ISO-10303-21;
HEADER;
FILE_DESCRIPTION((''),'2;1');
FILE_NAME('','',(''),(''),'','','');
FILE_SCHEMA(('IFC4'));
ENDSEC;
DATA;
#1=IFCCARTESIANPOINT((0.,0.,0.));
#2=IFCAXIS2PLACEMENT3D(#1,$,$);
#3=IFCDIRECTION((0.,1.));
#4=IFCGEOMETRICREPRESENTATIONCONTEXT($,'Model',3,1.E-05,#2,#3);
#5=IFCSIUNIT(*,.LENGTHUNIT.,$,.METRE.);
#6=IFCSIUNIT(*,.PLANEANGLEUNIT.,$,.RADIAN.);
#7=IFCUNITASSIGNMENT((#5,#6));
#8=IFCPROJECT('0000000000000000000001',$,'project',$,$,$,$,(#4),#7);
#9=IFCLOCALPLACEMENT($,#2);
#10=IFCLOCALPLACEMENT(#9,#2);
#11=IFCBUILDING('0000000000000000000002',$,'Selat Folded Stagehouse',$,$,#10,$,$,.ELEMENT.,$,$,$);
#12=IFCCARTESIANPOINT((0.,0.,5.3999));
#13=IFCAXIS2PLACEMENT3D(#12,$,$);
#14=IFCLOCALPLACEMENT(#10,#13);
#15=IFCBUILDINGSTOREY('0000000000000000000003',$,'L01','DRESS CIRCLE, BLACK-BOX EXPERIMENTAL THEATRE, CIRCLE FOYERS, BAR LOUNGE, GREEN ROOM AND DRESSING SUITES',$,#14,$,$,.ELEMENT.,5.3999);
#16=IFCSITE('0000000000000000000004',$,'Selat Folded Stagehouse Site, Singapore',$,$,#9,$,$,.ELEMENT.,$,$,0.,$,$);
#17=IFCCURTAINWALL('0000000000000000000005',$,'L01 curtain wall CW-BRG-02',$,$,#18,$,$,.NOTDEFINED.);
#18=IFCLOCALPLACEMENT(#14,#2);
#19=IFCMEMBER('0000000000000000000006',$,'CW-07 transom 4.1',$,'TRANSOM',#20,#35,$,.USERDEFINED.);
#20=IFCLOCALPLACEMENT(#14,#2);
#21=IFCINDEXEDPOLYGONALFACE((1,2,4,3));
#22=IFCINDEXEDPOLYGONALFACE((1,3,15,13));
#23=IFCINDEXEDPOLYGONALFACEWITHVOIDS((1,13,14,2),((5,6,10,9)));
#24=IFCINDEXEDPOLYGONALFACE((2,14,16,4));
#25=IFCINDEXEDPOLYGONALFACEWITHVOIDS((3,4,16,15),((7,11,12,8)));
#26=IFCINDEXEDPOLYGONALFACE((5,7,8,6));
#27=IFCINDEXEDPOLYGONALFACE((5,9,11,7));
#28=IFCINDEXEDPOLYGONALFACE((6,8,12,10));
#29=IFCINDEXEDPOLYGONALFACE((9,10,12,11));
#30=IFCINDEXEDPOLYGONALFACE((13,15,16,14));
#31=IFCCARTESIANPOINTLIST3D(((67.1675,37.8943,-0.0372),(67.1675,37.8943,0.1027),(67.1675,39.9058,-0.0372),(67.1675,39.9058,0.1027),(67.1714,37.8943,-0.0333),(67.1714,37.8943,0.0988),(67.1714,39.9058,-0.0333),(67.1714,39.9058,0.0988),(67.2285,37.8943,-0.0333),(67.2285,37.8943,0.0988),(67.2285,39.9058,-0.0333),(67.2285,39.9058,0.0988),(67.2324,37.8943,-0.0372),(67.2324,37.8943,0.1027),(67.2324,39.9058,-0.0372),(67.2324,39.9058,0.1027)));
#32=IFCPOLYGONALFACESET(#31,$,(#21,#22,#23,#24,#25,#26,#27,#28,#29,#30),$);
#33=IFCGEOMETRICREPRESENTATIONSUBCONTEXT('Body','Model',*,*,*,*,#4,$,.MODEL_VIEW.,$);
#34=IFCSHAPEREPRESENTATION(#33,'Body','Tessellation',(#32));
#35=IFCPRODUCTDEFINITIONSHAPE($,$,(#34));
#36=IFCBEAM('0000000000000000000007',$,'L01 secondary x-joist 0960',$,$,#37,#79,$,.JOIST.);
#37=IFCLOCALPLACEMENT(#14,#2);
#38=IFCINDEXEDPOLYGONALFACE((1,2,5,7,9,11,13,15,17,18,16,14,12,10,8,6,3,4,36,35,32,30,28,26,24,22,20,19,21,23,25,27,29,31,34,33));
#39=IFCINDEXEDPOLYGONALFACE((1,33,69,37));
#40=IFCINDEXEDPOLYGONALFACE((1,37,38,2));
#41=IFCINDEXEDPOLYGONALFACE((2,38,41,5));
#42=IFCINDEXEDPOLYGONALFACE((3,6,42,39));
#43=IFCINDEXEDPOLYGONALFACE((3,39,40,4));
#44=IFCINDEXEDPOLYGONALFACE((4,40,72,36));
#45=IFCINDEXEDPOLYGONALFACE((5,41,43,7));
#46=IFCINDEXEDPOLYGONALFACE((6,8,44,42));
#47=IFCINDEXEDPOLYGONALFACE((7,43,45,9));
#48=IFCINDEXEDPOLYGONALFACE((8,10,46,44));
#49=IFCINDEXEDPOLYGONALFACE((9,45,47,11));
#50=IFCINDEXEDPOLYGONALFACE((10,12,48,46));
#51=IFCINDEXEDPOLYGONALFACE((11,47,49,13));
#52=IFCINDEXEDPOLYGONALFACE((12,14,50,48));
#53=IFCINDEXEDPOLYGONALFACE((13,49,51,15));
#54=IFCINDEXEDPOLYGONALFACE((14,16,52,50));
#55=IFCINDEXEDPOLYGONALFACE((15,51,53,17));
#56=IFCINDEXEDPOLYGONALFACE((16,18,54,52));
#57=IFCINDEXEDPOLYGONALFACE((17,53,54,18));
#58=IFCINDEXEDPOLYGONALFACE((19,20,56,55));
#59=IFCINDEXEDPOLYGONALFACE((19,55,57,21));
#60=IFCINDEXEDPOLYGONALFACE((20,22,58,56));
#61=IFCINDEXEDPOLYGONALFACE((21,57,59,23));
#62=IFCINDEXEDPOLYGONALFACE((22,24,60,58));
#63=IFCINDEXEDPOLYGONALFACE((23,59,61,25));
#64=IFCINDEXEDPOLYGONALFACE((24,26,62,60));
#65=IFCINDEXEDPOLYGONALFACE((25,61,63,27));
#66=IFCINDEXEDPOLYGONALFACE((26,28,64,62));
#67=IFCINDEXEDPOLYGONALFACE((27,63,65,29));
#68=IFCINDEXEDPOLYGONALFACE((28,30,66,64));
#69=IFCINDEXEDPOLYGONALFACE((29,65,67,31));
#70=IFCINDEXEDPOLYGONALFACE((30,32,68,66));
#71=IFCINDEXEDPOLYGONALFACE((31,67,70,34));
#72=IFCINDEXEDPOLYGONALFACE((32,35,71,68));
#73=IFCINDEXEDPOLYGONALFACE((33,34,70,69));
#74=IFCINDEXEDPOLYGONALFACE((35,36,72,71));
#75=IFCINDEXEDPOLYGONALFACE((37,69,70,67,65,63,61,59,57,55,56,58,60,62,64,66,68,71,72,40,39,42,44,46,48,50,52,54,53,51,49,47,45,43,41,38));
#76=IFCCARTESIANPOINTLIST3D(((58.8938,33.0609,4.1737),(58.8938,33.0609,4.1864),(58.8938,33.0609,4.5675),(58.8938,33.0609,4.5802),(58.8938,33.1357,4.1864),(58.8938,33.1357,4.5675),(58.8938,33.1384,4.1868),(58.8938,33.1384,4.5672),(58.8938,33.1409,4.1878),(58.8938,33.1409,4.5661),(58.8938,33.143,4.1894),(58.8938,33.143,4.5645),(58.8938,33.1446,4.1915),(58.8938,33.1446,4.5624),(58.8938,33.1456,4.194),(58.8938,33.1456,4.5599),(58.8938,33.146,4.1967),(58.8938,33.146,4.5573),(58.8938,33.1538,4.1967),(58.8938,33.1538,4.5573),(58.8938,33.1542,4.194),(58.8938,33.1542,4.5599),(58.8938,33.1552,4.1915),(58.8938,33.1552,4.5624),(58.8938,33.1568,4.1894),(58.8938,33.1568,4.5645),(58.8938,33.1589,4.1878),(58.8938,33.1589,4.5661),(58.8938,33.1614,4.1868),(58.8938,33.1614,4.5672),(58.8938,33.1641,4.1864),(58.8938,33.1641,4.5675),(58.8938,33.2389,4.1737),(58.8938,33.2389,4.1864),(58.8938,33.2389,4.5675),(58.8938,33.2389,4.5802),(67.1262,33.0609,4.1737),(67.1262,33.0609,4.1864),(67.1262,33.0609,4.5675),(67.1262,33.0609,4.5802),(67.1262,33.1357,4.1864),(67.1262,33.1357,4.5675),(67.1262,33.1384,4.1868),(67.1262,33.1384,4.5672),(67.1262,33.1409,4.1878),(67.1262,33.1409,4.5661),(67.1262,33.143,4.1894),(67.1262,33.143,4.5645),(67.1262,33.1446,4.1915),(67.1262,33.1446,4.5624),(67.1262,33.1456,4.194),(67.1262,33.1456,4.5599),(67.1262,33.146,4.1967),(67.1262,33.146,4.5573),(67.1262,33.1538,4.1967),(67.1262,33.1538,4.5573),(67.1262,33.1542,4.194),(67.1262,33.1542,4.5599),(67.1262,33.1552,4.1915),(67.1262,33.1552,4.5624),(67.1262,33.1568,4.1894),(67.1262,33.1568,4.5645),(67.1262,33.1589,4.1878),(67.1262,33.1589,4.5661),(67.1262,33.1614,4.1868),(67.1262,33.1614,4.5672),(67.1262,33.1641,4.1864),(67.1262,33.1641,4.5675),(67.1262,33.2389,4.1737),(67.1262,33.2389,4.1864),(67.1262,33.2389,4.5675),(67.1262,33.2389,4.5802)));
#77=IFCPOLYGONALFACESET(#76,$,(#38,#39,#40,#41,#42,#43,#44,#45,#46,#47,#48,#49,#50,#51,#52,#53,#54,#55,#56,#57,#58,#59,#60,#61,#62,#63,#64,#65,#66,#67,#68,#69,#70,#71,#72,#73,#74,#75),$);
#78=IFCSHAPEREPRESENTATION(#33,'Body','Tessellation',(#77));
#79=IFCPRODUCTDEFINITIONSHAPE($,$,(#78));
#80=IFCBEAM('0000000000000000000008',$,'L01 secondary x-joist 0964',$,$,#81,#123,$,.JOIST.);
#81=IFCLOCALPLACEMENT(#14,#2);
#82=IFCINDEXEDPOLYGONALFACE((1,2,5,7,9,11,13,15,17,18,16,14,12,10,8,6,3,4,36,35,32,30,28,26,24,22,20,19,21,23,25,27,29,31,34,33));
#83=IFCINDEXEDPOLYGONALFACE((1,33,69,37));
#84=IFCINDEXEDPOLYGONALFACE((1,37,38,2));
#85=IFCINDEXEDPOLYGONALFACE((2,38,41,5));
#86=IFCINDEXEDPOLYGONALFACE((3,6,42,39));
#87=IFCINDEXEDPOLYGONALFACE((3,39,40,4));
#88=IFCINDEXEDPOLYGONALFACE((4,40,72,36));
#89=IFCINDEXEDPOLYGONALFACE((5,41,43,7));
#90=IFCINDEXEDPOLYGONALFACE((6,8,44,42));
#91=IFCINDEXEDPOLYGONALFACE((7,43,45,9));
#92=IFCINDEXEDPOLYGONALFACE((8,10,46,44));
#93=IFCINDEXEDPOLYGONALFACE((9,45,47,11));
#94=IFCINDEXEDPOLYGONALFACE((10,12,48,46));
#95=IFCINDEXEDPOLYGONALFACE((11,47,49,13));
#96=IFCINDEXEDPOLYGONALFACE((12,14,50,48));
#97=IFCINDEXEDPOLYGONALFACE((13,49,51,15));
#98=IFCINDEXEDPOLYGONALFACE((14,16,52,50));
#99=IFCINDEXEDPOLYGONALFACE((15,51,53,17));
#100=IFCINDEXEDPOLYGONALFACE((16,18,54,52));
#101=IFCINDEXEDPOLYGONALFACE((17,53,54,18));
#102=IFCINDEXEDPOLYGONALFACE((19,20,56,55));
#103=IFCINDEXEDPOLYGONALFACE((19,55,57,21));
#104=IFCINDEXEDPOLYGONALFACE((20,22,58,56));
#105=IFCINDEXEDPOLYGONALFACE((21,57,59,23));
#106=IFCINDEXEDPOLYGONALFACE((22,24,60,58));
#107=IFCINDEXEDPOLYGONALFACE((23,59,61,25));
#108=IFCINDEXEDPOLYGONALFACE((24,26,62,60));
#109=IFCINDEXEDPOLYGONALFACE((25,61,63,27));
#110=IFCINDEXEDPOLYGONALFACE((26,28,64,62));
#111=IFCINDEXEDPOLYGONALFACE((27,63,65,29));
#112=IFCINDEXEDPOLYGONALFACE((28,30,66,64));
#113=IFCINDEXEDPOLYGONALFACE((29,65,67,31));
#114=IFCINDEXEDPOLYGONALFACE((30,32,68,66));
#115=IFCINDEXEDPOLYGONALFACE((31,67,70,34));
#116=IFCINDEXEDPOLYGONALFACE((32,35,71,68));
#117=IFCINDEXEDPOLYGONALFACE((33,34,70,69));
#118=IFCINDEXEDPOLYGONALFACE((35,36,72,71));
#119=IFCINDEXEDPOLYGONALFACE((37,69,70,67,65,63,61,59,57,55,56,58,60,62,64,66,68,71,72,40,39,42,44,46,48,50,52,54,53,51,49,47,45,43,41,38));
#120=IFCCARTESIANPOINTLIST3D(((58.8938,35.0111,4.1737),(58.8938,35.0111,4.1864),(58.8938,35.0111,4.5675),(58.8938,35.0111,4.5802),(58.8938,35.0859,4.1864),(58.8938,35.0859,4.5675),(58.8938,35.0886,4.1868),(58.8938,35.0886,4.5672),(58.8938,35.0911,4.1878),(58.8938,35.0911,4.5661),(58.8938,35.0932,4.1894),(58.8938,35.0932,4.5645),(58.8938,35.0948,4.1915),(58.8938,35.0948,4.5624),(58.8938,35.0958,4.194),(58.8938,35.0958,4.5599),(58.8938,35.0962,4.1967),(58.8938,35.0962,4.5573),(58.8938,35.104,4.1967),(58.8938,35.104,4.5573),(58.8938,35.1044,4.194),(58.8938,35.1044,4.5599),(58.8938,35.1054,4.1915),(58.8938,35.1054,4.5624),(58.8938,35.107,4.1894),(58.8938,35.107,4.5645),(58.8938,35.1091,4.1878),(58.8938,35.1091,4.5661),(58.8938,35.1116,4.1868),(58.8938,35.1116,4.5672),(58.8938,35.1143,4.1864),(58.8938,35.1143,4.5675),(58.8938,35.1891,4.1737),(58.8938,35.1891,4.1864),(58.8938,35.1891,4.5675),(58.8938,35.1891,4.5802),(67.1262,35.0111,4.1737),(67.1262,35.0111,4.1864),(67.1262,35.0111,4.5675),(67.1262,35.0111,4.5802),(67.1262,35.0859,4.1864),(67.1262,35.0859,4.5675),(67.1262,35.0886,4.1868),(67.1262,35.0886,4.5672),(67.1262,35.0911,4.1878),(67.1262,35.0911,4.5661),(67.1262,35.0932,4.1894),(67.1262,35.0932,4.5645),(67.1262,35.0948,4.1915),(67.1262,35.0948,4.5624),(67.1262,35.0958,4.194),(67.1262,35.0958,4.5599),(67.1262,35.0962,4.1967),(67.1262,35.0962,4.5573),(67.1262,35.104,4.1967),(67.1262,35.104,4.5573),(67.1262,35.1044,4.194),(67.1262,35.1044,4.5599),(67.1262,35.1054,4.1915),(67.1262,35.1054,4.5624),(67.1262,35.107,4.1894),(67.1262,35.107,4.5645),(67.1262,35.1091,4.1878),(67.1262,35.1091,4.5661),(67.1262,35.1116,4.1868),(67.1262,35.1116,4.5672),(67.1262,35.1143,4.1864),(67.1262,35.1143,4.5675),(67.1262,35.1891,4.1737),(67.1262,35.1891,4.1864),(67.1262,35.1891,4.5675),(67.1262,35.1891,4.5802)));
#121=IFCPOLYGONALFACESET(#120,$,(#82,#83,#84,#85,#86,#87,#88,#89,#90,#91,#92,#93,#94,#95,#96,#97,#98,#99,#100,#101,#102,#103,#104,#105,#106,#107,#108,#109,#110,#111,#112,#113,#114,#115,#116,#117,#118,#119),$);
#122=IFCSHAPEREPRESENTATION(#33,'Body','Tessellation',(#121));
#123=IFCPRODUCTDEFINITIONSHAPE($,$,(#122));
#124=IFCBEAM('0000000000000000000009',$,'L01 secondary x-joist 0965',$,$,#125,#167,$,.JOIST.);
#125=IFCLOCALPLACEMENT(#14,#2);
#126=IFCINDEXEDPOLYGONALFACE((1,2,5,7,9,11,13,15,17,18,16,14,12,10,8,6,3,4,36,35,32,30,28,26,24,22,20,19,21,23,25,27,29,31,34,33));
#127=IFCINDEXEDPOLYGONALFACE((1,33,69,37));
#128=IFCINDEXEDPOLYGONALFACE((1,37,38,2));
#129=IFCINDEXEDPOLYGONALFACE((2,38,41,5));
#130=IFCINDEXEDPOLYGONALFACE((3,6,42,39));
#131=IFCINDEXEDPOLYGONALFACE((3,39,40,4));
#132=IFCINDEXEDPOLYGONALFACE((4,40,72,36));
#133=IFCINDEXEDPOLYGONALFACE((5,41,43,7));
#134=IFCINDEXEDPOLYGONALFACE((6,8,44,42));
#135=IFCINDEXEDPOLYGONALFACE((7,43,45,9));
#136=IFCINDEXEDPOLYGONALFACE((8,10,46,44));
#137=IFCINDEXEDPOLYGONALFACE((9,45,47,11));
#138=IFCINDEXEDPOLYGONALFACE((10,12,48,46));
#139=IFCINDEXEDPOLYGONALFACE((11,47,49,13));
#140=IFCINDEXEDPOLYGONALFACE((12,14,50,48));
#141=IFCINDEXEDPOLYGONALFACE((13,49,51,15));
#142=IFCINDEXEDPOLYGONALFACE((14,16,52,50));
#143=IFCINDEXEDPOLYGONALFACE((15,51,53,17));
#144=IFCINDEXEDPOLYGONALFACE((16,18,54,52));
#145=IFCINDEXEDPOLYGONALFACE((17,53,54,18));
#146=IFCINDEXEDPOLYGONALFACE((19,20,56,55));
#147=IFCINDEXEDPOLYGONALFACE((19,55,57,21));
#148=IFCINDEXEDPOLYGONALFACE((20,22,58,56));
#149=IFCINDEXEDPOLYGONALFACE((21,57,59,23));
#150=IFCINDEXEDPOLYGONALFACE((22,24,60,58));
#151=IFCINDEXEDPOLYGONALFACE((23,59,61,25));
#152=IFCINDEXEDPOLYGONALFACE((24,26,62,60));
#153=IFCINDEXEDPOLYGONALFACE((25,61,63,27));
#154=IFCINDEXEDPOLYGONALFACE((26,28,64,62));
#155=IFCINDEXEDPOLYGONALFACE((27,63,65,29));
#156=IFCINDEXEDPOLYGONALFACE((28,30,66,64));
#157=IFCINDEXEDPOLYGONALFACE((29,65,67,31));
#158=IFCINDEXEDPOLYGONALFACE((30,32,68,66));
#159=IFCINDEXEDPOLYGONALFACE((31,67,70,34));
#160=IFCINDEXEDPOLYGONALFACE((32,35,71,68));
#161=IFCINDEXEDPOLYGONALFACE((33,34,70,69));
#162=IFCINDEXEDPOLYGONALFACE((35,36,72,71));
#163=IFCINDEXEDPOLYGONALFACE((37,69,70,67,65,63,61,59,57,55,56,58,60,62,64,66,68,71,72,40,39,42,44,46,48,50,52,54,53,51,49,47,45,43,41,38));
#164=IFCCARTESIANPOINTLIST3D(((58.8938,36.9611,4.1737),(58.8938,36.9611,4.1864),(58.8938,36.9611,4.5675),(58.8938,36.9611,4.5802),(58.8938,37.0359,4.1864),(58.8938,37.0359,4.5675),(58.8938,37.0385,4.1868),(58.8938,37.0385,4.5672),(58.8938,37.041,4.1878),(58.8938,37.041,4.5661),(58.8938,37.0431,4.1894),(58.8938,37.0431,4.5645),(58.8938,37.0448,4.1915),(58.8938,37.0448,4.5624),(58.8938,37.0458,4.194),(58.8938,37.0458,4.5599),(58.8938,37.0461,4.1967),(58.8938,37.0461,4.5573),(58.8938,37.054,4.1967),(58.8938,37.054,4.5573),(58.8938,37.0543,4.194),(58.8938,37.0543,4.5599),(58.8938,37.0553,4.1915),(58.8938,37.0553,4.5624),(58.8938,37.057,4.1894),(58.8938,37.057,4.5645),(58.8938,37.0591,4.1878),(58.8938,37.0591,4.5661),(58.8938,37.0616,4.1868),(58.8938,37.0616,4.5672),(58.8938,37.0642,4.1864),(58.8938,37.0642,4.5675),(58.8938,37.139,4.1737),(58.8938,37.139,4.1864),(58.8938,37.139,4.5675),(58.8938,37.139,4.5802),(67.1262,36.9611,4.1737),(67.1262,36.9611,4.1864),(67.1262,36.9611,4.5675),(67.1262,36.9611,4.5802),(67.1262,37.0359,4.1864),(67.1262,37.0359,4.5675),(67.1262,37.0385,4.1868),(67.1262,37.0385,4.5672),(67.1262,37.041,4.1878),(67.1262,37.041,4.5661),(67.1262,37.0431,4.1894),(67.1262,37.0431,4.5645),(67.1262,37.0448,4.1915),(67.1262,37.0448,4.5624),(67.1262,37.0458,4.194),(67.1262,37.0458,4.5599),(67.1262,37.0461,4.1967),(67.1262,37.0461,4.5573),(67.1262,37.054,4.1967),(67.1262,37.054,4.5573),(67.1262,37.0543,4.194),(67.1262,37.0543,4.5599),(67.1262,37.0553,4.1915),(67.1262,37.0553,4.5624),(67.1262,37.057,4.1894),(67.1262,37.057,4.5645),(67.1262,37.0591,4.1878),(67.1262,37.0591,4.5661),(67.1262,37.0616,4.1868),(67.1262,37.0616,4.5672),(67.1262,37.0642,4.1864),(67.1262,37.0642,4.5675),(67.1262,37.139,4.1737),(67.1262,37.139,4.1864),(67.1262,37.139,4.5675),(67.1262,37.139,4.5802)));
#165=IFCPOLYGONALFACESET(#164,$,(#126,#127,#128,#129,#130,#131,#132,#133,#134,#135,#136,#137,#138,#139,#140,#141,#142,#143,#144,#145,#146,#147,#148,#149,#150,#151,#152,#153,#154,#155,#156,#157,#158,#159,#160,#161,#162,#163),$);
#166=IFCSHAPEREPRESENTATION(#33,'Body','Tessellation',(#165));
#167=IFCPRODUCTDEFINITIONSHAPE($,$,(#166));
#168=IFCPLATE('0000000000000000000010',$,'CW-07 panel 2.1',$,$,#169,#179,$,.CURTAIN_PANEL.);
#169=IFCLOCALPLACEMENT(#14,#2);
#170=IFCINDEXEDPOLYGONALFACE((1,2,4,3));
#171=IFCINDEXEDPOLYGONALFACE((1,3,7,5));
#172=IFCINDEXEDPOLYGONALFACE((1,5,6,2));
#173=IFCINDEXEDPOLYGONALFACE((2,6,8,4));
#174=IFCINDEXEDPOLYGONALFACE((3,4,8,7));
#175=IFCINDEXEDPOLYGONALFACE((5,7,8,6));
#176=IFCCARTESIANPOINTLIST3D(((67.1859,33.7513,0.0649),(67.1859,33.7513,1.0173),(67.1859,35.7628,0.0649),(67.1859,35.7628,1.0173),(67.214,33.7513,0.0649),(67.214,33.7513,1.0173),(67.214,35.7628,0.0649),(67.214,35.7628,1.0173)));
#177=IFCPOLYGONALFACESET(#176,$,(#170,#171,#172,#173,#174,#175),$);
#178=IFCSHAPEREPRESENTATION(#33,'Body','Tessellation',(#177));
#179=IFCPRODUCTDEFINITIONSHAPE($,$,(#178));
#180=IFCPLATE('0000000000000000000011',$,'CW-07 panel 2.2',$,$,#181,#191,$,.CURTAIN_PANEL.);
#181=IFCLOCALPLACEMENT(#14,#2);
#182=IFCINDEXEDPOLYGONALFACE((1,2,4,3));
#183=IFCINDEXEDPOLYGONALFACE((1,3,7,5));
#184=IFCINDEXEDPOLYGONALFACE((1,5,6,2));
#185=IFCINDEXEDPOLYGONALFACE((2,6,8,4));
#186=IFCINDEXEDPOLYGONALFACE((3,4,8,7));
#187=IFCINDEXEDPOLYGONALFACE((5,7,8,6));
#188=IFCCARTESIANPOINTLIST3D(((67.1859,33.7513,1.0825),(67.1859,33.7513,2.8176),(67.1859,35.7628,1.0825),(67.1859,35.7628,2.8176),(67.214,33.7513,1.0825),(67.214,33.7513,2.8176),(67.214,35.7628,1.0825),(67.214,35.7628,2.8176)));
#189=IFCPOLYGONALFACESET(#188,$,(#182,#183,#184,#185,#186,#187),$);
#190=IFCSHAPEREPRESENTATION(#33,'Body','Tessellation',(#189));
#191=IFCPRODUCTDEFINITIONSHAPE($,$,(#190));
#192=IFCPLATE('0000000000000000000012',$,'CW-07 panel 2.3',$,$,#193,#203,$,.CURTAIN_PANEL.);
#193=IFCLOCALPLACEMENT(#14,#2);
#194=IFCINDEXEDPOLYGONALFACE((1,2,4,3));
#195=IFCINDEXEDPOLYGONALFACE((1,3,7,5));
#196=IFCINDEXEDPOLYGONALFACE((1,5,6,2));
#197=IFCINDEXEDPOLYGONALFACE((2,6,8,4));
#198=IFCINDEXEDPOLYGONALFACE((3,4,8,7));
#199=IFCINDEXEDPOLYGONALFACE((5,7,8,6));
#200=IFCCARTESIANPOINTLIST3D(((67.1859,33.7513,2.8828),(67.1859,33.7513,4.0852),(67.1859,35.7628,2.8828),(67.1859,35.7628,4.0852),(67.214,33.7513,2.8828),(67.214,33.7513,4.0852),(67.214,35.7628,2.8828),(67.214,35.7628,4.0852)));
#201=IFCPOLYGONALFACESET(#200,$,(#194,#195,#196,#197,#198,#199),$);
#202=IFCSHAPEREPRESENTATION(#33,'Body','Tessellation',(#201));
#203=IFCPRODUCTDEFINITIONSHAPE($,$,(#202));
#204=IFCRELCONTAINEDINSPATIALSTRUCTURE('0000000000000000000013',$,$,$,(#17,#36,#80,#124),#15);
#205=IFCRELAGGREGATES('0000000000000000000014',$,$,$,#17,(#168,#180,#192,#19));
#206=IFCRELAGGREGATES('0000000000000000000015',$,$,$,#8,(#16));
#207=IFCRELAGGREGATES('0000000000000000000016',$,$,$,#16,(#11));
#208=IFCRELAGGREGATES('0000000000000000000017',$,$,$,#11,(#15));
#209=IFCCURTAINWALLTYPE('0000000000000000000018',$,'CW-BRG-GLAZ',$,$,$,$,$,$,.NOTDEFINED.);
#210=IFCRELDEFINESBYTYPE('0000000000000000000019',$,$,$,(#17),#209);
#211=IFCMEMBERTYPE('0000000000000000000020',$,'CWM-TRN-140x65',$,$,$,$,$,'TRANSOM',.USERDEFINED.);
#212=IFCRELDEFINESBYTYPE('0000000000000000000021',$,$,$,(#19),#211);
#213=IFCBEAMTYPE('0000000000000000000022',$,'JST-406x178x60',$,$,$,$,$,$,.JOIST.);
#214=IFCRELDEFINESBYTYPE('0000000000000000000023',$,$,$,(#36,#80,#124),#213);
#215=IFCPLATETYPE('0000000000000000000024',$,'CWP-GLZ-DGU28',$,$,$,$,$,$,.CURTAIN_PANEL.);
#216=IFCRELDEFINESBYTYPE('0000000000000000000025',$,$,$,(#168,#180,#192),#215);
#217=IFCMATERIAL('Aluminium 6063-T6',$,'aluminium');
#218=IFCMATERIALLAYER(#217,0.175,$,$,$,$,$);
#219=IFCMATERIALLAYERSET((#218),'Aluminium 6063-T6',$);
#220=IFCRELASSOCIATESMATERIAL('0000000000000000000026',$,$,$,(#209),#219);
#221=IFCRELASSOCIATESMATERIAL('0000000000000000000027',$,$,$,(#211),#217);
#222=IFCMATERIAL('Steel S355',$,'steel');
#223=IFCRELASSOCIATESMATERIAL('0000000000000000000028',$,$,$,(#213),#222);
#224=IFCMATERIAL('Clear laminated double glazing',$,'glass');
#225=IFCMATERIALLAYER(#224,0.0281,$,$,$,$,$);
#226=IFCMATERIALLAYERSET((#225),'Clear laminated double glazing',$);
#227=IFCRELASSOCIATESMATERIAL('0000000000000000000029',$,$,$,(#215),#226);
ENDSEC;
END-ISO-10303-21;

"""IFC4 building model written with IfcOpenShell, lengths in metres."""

from ifc_helpers import new_model, si_unit, direction, frame, origin, origin_2d, place, context, subcontext, project, spatial, rectangle, hollow_rectangle, i_section, extrude, material, layer, layer_set, material_profile, profile_set, type_object, element, aggregate, save


model = new_model("IFC4")

# Units and contexts
model_context = context("Model", 3, precision=1e-05, world=origin(), true_north=direction((0.0, 1.0)))
body_context = subcontext(model_context, "Body", "Model", "MODEL_VIEW")
ifc_project = project(units=[si_unit("LENGTHUNIT", "METRE"), si_unit("PLANEANGLEUNIT", "RADIAN")], contexts=[model_context])

# Site, building, storey
site_placement = place(None, origin())
site = spatial("IfcSite", under=ifc_project, at=site_placement, Name="Selat Folded Stagehouse Site, Singapore", CompositionType="ELEMENT", RefElevation=0.0)
building_placement = place(site_placement, origin())
building = spatial("IfcBuilding", under=site, at=building_placement, Name="Selat Folded Stagehouse", CompositionType="ELEMENT")
storey_placement = place(building_placement, frame((0.0, 0.0, 5.3999)))
storey = spatial("IfcBuildingStorey", under=building, at=storey_placement, Name="L01", Description="DRESS CIRCLE, BLACK-BOX EXPERIMENTAL THEATRE, CIRCLE FOYERS, BAR LOUNGE, GREEN ROOM AND DRESSING SUITES", CompositionType="ELEMENT", Elevation=5.3999)

# Curtain wall, member
ifc_material_1 = material(Name="Aluminium 6063-T6", Category="aluminium")
ifc_layer_1 = layer(ifc_material_1, 0.175)
ifc_layer_set_1 = layer_set([ifc_layer_1], Name="Aluminium 6063-T6")
curtain_wall_type = type_object("IfcCurtainWallType", Name="CW-BRG-GLAZ", PredefinedType="NOTDEFINED", material=ifc_layer_set_1)
curtain_wall_placement = place(storey_placement, origin())
curtain_wall = element("IfcCurtainWall", 1, at=curtain_wall_placement, inside=storey, type_object=curtain_wall_type, Name="L01 curtain wall CW-BRG-02", PredefinedType="NOTDEFINED")
ifc_material_profile_1 = material_profile(ifc_material_1, hollow_rectangle(XDim=0.0649, YDim=0.1399, WallThickness=0.0039, at=origin_2d()), Name="ALU 140x65x4.0")
ifc_profile_set_1 = profile_set([ifc_material_profile_1], Name="Aluminium 6063-T6")
member_type_1 = type_object("IfcMemberType", Name="CWM-TRN-140x65", ElementType="TRANSOM", PredefinedType="USERDEFINED", material=ifc_profile_set_1)
member_1_placement = place(storey_placement, frame((67.2, 37.8943, 0.0327), z_axis=(0.0, 1.0, 0.0), x_axis=(-1.0, 0.0, 0.0)))
member_1 = element("IfcMember", 2, at=member_1_placement, type_object=member_type_1, Name="CW-07 transom 4.1", ObjectType="TRANSOM", PredefinedType="USERDEFINED", context=body_context, shape_type="SweptSolid", body=[
    extrude(hollow_rectangle(XDim=0.0649, YDim=0.1399, WallThickness=0.0039, at=origin_2d()), origin(), (0.0, 0.0, 1.0), 2.0115),
])

# Beams
ifc_material_2 = material(Name="Steel S355", Category="steel")
ifc_material_profile_2 = material_profile(ifc_material_2, i_section(OverallWidth=0.178, OverallDepth=0.4065, WebThickness=0.0078, FlangeThickness=0.0127, FilletRadius=0.0103, at=origin_2d()), Name="UKB 406x178x60")
ifc_profile_set_2 = profile_set([ifc_material_profile_2], Name="Steel S355")
beam_type = type_object("IfcBeamType", Name="JST-406x178x60", PredefinedType="JOIST", material=ifc_profile_set_2)
for number, where, z_axis, x_axis, name in (
    (3, (58.8938, 33.1499, 4.377), (1.0, 0.0, 0.0), (0.0, 1.0, 0.0), "L01 secondary x-joist 0960"),
    (4, (58.8938, 35.1001, 4.377), (1.0, 0.0, 0.0), (0.0, 1.0, 0.0), "L01 secondary x-joist 0964"),
    (5, (58.8938, 37.05, 4.377), (1.0, 0.0, 0.0), (0.0, 1.0, 0.0), "L01 secondary x-joist 0965"),
):
    element("IfcBeam", number, at=place(storey_placement, frame(where, z_axis=z_axis, x_axis=x_axis)), inside=storey, type_object=beam_type, Name=name, PredefinedType="JOIST", context=body_context, shape_type="SweptSolid", body=[
        extrude(i_section(OverallWidth=0.178, OverallDepth=0.4065, WebThickness=0.0078, FlangeThickness=0.0127, FilletRadius=0.0103, at=origin_2d()), origin(), (0.0, 0.0, 1.0), 8.2324),
    ])

# Plates
ifc_material_3 = material(Name="Clear laminated double glazing", Category="glass")
ifc_layer_2 = layer(ifc_material_3, 0.0281)
ifc_layer_set_2 = layer_set([ifc_layer_2], Name="Clear laminated double glazing")
plate_type = type_object("IfcPlateType", Name="CWP-GLZ-DGU28", PredefinedType="CURTAIN_PANEL", material=ifc_layer_set_2)
plate_1_placement = place(storey_placement, frame((67.2, 34.7571, 0.0649), z_axis=(0.0, 0.0, 1.0), x_axis=(0.0, 1.0, 0.0)))
plate_1 = element("IfcPlate", 6, at=plate_1_placement, type_object=plate_type, Name="CW-07 panel 2.1", PredefinedType="CURTAIN_PANEL", context=body_context, shape_type="SweptSolid", body=[
    extrude(rectangle(XDim=2.0115, YDim=0.0281, at=origin_2d()), origin(), (0.0, 0.0, 1.0), 0.9524),
])
plate_2_placement = place(storey_placement, frame((67.2, 34.7571, 1.0825), z_axis=(0.0, 0.0, 1.0), x_axis=(0.0, 1.0, 0.0)))
plate_2 = element("IfcPlate", 7, at=plate_2_placement, type_object=plate_type, Name="CW-07 panel 2.2", PredefinedType="CURTAIN_PANEL", context=body_context, shape_type="SweptSolid", body=[
    extrude(rectangle(XDim=2.0115, YDim=0.0281, at=origin_2d()), origin(), (0.0, 0.0, 1.0), 1.7351),
])
plate_3_placement = place(storey_placement, frame((67.2, 34.7571, 2.8828), z_axis=(0.0, 0.0, 1.0), x_axis=(0.0, 1.0, 0.0)))
plate_3 = element("IfcPlate", 8, at=plate_3_placement, type_object=plate_type, Name="CW-07 panel 2.3", PredefinedType="CURTAIN_PANEL", context=body_context, shape_type="SweptSolid", body=[
    extrude(rectangle(XDim=2.0115, YDim=0.0281, at=origin_2d()), origin(), (0.0, 0.0, 1.0), 1.2024),
])
aggregate(curtain_wall, [plate_1, plate_2, plate_3, member_1])

save(model, "model.ifc")
